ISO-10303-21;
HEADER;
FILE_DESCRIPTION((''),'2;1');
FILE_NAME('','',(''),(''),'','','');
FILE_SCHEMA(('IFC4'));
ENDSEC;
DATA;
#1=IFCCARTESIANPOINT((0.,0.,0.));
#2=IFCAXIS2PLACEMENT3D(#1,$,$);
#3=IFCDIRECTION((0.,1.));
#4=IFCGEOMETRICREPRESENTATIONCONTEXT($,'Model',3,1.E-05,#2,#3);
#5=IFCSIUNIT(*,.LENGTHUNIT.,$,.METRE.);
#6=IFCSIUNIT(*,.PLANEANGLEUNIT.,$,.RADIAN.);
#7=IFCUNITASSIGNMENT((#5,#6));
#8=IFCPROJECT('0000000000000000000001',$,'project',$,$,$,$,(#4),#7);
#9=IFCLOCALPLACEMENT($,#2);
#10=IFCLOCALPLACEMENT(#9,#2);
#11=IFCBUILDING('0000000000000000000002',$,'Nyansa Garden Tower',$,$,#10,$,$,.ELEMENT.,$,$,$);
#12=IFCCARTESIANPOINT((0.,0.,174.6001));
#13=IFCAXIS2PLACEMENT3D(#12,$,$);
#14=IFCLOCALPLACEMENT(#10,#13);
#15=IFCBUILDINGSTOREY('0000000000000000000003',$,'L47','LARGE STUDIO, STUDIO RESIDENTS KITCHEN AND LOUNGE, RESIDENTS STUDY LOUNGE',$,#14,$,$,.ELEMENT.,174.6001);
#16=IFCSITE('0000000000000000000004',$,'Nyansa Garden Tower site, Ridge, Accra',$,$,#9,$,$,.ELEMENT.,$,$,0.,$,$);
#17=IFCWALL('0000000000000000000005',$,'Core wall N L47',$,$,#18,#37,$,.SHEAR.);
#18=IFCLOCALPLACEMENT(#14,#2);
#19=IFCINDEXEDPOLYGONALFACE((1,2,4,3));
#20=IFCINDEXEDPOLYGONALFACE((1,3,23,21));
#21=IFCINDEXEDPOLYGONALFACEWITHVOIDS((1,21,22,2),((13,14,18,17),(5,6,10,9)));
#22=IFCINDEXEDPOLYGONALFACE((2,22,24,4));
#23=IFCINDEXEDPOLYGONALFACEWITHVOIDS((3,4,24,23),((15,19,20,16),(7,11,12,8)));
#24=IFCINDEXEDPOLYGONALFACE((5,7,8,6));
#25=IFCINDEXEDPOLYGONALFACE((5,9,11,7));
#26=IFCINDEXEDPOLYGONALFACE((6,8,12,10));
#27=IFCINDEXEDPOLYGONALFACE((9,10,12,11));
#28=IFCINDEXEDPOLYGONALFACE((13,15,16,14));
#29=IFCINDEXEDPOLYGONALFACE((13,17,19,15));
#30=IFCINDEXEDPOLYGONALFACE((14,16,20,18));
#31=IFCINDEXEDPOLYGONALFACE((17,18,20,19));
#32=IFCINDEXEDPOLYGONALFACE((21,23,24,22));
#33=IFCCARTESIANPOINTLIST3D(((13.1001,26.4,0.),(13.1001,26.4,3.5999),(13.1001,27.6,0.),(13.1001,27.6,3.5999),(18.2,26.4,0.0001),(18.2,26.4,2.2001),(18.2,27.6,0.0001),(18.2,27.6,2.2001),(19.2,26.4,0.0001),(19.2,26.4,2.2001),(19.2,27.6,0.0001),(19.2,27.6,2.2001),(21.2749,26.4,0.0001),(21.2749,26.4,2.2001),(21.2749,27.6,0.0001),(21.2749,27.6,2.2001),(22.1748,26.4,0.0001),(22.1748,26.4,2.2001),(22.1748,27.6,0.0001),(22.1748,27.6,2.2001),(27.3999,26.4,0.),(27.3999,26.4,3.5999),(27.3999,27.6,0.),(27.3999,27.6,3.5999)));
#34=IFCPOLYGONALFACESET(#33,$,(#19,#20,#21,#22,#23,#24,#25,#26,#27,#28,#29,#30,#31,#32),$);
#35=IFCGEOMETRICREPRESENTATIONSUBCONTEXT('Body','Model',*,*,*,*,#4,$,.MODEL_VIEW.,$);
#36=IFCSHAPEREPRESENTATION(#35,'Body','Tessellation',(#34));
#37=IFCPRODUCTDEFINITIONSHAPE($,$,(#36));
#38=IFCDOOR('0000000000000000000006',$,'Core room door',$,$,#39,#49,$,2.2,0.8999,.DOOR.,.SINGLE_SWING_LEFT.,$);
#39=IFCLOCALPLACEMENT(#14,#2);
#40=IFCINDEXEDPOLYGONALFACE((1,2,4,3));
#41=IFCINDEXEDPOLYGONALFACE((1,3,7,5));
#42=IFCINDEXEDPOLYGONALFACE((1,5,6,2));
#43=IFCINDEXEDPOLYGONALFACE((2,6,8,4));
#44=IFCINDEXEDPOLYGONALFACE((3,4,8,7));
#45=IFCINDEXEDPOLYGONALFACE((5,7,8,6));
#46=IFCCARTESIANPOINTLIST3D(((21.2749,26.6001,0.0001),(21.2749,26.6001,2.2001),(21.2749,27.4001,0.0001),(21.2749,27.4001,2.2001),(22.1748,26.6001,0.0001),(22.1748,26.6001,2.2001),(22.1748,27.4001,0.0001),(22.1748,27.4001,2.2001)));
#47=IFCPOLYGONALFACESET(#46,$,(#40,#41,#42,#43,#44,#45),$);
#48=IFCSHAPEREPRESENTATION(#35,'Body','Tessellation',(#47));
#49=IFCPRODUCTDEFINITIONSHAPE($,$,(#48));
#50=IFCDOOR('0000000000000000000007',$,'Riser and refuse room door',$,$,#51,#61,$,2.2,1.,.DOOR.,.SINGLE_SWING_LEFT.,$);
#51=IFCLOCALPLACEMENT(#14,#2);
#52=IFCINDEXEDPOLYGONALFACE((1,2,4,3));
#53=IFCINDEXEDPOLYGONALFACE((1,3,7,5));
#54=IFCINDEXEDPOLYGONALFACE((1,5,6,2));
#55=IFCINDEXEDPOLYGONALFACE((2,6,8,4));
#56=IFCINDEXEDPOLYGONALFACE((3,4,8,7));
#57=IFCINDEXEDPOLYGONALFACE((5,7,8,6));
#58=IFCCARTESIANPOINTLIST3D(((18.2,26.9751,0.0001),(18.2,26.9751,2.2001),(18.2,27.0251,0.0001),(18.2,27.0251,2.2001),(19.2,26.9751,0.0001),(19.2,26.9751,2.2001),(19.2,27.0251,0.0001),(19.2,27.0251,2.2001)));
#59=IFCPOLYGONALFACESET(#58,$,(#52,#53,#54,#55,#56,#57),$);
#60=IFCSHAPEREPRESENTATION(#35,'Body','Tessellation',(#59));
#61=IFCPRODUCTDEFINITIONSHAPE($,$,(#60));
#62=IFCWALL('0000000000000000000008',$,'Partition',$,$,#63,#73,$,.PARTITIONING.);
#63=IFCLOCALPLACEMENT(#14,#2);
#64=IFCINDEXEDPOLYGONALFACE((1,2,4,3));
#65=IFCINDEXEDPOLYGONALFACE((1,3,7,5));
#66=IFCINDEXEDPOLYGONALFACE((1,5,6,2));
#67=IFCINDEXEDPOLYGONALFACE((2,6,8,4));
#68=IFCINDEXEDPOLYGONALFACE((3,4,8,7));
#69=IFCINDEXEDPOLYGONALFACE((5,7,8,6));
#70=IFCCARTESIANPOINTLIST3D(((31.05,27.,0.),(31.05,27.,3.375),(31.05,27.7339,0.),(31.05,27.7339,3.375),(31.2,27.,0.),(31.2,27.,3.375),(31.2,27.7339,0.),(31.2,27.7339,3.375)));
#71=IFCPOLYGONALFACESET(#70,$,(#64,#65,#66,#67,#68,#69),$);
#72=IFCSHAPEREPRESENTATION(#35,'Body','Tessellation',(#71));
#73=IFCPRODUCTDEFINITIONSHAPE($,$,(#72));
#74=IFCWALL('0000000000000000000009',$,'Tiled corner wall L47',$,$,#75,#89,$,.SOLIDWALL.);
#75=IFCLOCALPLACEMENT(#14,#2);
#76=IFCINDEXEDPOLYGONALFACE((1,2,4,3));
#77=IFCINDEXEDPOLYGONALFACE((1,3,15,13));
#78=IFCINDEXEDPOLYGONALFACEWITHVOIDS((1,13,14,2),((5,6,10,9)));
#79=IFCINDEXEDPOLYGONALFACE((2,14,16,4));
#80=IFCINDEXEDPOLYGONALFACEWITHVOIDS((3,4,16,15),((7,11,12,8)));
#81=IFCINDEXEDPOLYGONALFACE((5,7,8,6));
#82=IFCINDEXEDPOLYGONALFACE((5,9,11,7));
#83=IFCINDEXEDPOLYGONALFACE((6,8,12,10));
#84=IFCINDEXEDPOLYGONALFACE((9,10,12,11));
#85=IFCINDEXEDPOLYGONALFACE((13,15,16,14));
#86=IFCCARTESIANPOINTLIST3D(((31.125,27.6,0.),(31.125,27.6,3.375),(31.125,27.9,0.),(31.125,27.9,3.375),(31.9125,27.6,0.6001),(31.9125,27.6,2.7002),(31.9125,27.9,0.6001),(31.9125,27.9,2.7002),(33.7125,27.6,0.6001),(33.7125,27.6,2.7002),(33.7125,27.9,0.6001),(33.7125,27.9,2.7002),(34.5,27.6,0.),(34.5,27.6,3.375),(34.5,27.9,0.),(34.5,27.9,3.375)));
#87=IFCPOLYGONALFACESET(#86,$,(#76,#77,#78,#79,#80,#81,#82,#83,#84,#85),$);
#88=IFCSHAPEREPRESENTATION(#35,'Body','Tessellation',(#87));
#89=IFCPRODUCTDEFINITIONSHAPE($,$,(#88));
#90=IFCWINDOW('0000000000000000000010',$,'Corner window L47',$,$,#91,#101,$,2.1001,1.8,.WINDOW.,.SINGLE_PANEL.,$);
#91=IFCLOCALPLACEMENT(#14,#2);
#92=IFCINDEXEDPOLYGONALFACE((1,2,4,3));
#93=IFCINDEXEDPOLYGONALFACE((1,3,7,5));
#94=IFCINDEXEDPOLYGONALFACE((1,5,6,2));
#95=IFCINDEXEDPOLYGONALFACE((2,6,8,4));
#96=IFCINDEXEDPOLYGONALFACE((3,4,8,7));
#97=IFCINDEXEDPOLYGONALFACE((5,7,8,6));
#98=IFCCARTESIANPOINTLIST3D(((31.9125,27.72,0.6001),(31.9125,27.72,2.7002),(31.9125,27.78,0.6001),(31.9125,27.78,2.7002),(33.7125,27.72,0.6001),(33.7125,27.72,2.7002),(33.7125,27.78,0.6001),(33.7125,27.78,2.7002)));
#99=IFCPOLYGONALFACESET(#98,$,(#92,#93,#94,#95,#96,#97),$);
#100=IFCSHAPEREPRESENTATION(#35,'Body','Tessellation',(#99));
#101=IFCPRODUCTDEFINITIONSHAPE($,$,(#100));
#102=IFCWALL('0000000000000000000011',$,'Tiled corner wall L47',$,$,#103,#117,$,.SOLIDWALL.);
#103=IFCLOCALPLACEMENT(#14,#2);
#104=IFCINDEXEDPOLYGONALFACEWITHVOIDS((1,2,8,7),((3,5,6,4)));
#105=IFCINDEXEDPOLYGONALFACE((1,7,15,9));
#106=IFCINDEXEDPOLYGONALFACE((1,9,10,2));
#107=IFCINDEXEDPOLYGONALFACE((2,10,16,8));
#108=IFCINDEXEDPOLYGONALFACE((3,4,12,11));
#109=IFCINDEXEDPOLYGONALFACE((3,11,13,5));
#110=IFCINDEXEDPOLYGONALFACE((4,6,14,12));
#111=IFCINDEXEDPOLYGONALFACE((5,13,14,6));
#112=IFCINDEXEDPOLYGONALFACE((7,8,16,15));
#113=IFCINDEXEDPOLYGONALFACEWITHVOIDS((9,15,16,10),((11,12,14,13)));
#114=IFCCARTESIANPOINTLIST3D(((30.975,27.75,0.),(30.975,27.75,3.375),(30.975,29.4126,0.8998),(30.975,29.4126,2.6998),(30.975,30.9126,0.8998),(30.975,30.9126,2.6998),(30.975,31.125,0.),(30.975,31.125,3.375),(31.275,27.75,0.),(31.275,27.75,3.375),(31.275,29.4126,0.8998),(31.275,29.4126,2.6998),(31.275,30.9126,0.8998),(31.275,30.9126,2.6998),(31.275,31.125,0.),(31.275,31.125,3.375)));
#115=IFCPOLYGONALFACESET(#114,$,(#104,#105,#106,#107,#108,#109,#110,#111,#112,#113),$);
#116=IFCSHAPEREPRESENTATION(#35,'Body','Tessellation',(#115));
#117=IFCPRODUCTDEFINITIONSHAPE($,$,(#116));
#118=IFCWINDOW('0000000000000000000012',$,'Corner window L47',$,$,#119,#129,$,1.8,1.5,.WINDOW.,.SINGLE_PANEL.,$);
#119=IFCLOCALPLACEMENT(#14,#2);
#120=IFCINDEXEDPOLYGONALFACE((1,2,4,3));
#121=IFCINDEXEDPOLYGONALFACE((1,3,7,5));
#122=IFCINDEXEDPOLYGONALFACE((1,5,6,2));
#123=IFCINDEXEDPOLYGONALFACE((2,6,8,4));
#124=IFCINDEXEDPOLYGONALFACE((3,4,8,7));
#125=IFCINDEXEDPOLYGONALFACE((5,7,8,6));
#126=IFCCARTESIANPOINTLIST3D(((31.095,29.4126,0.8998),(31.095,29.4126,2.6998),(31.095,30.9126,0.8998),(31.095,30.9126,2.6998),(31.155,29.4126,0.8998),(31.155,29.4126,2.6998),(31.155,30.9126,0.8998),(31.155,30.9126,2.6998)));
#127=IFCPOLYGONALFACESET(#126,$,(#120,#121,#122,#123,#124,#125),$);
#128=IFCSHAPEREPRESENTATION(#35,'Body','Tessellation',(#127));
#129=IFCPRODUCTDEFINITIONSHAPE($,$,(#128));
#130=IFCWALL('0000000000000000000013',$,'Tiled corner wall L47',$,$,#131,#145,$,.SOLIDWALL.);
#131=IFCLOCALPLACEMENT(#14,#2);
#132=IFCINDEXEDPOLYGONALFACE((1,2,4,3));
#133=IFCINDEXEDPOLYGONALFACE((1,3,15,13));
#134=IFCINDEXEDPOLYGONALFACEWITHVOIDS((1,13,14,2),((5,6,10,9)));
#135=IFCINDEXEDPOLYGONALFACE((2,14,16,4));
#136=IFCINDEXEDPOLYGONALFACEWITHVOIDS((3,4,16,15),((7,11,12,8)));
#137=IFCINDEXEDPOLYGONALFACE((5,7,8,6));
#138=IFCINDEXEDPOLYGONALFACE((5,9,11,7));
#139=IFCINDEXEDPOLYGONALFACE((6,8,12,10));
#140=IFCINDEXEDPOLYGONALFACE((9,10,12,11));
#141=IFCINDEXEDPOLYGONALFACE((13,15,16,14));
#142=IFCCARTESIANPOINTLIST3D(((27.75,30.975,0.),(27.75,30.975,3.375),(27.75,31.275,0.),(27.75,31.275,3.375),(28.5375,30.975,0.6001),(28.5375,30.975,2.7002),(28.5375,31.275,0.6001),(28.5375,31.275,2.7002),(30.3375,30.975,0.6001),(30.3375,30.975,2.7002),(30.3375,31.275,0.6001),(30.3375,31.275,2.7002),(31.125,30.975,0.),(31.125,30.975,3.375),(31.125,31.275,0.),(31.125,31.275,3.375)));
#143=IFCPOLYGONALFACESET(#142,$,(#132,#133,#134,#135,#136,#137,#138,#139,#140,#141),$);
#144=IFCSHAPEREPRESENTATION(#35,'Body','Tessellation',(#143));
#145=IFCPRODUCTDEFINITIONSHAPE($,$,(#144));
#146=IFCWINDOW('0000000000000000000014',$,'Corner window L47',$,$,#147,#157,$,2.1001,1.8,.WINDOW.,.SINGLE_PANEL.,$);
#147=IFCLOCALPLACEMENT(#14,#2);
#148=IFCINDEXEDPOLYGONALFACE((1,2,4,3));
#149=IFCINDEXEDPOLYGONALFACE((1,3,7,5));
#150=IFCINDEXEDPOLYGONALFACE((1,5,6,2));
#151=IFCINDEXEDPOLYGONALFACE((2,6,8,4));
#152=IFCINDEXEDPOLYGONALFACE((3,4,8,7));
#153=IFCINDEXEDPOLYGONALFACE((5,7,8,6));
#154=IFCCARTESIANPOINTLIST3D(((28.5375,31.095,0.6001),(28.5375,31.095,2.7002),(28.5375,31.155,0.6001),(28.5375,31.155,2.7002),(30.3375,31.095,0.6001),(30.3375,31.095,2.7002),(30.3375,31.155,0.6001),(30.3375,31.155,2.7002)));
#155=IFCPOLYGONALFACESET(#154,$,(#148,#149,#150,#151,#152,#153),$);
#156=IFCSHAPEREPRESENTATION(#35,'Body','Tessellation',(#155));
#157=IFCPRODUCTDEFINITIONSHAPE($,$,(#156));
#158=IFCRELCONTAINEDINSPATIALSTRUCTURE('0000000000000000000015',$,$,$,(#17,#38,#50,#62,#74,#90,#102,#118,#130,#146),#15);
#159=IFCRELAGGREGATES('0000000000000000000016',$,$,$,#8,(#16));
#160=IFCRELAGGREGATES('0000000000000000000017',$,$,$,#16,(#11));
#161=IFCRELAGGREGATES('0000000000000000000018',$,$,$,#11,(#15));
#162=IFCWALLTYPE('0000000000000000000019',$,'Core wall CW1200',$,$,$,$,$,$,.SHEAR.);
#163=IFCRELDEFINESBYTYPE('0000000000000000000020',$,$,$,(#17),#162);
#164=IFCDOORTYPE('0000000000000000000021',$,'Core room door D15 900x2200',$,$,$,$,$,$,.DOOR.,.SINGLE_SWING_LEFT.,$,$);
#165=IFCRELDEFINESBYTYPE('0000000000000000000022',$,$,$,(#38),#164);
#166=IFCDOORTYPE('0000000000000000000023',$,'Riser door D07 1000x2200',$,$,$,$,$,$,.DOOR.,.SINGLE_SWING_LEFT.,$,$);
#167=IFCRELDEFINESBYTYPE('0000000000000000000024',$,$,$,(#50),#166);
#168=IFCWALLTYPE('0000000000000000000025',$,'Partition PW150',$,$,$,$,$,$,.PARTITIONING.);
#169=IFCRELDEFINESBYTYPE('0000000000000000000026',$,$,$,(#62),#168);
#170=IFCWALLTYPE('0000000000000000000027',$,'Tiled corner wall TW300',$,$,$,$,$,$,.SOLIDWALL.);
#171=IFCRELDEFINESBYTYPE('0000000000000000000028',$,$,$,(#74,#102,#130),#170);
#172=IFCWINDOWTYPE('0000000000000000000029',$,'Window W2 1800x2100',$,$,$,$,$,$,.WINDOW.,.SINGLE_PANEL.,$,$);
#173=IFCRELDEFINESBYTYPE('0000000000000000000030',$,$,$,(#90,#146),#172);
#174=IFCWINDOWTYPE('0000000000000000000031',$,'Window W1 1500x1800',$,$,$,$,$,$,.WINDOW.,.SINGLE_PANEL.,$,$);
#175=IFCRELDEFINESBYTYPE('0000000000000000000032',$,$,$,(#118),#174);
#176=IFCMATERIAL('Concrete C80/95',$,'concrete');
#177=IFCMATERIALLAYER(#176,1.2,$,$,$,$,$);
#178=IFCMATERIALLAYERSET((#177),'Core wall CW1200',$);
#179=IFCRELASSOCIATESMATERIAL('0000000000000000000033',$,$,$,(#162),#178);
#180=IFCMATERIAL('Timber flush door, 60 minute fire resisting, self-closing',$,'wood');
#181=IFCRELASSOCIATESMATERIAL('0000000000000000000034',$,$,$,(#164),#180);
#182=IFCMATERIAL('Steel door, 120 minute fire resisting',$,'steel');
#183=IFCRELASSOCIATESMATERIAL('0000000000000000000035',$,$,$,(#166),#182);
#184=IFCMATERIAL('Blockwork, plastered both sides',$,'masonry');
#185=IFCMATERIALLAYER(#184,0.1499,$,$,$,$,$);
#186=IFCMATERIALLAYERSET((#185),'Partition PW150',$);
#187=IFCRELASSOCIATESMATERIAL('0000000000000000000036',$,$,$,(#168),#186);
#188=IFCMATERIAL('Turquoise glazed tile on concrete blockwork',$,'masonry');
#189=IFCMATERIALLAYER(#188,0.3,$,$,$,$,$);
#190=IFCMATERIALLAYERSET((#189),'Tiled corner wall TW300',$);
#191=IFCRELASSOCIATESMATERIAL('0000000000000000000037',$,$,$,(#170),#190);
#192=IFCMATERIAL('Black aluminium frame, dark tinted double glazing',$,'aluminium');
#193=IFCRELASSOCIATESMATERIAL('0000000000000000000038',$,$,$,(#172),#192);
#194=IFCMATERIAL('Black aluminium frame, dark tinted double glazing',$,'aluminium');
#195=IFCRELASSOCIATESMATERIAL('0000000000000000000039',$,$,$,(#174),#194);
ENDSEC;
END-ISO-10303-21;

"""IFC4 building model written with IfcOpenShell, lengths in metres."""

from ifc_helpers import new_model, si_unit, direction, frame, frame_2d, origin, place, context, subcontext, project, spatial, rectangle, extrude, material, layer, layer_set, type_object, element, fill, save


model = new_model("IFC4")

# Units and contexts
model_context = context("Model", 3, precision=1e-05, world=origin(), true_north=direction((0.0, 1.0)))
body_context = subcontext(model_context, "Body", "Model", "MODEL_VIEW")
ifc_project = project(units=[si_unit("LENGTHUNIT", "METRE"), si_unit("PLANEANGLEUNIT", "RADIAN")], contexts=[model_context])

# Site, building, storey
site_placement = place(None, origin())
site = spatial("IfcSite", under=ifc_project, at=site_placement, Name="Nyansa Garden Tower site, Ridge, Accra", CompositionType="ELEMENT", RefElevation=0.0)
building_placement = place(site_placement, origin())
building = spatial("IfcBuilding", under=site, at=building_placement, Name="Nyansa Garden Tower", CompositionType="ELEMENT")
storey_placement = place(building_placement, frame((0.0, 0.0, 174.6001)))
storey = spatial("IfcBuildingStorey", under=building, at=storey_placement, Name="L47", Description="LARGE STUDIO, STUDIO RESIDENTS KITCHEN AND LOUNGE, RESIDENTS STUDY LOUNGE", CompositionType="ELEMENT", Elevation=174.6001)

# Wall, openings, doors
ifc_material_1 = material(Name="Concrete C80/95", Category="concrete")
ifc_layer_1 = layer(ifc_material_1, 1.2)
ifc_layer_set_1 = layer_set([ifc_layer_1], Name="Core wall CW1200")
wall_type_1 = type_object("IfcWallType", Name="Core wall CW1200", PredefinedType="SHEAR", material=ifc_layer_set_1)
wall_1_placement = place(storey_placement, frame((27.3999, 27.0, 0.0), z_axis=(0.0, 0.0, 1.0), x_axis=(-1.0, 0.0, 0.0)))
wall_1 = element("IfcWall", 1, at=wall_1_placement, inside=storey, type_object=wall_type_1, Name="Core wall N L47", PredefinedType="SHEAR", context=body_context, shape_type="SweptSolid", body=[
    extrude(rectangle(XDim=14.2998, YDim=1.2, at=frame_2d((7.1499, 0.0))), origin(), (0.0, 0.0, 1.0), 3.5999),
])
opening_1_placement = place(wall_1_placement, frame((5.2251, 0.0, 0.0)))
opening_1 = element("IfcOpeningElement", 2, at=opening_1_placement, cuts=wall_1, PredefinedType="OPENING", context=body_context, shape_type="SweptSolid", body=[
    extrude(rectangle(XDim=0.8999, YDim=2.2, at=frame_2d((0.45, 1.1001))), frame((0.0, 0.6099, 0.0), z_axis=(0.0, -1.0, 0.0), x_axis=(1.0, 0.0, 0.0)), (0.0, 0.0, 1.0), 1.22),
])
opening_2_placement = place(wall_1_placement, frame((8.2, 0.0, 0.0)))
opening_2 = element("IfcOpeningElement", 3, at=opening_2_placement, cuts=wall_1, PredefinedType="OPENING", context=body_context, shape_type="SweptSolid", body=[
    extrude(rectangle(XDim=1.0, YDim=2.2, at=frame_2d((0.5, 1.1001))), frame((0.0, 0.6099, 0.0), z_axis=(0.0, -1.0, 0.0), x_axis=(1.0, 0.0, 0.0)), (0.0, 0.0, 1.0), 1.22),
])
ifc_material_2 = material(Name="Timber flush door, 60 minute fire resisting, self-closing", Category="wood")
door_type_1 = type_object("IfcDoorType", Name="Core room door D15 900x2200", OperationType="SINGLE_SWING_LEFT", PredefinedType="DOOR", material=ifc_material_2)
door_1_placement = place(opening_1_placement, origin())
door_1 = element("IfcDoor", 4, at=door_1_placement, inside=storey, type_object=door_type_1, Name="Core room door", OperationType="SINGLE_SWING_LEFT", OverallHeight=2.2, OverallWidth=0.8999, PredefinedType="DOOR", context=body_context, shape_type="SweptSolid", body=[
    extrude(rectangle(XDim=0.8999, YDim=2.2, at=frame_2d((0.45, 1.1001))), frame((0.0, 0.3999, 0.0), z_axis=(0.0, -1.0, 0.0), x_axis=(1.0, 0.0, 0.0)), (0.0, 0.0, 1.0), 0.8),
])
fill(opening_1, door_1)
ifc_material_3 = material(Name="Steel door, 120 minute fire resisting", Category="steel")
door_type_2 = type_object("IfcDoorType", Name="Riser door D07 1000x2200", OperationType="SINGLE_SWING_LEFT", PredefinedType="DOOR", material=ifc_material_3)
door_2_placement = place(opening_2_placement, origin())
door_2 = element("IfcDoor", 5, at=door_2_placement, inside=storey, type_object=door_type_2, Name="Riser and refuse room door", OperationType="SINGLE_SWING_LEFT", OverallHeight=2.2, OverallWidth=1.0, PredefinedType="DOOR", context=body_context, shape_type="SweptSolid", body=[
    extrude(rectangle(XDim=1.0, YDim=2.2, at=frame_2d((0.5, 1.1001))), frame((0.0, 0.0249, 0.0), z_axis=(0.0, -1.0, 0.0), x_axis=(1.0, 0.0, 0.0)), (0.0, 0.0, 1.0), 0.05),
])
fill(opening_2, door_2)

# Wall
ifc_material_4 = material(Name="Blockwork, plastered both sides", Category="masonry")
ifc_layer_2 = layer(ifc_material_4, 0.1499)
ifc_layer_set_2 = layer_set([ifc_layer_2], Name="Partition PW150")
wall_type_2 = type_object("IfcWallType", Name="Partition PW150", PredefinedType="PARTITIONING", material=ifc_layer_set_2)
wall_2_placement = place(storey_placement, frame((31.125, 27.0, 0.0), z_axis=(0.0, 0.0, 1.0), x_axis=(0.0, 1.0, 0.0)))
element("IfcWall", 6, at=wall_2_placement, inside=storey, type_object=wall_type_2, Name="Partition", PredefinedType="PARTITIONING", context=body_context, shape_type="SweptSolid", body=[
    extrude(rectangle(XDim=0.7339, YDim=0.1499, at=frame_2d((0.3669, 0.0))), origin(), (0.0, 0.0, 1.0), 3.375),
])

# Walls, openings, windows
ifc_material_5 = material(Name="Turquoise glazed tile on concrete blockwork", Category="masonry")
ifc_layer_3 = layer(ifc_material_5, 0.3)
ifc_layer_set_3 = layer_set([ifc_layer_3], Name="Tiled corner wall TW300")
wall_type_3 = type_object("IfcWallType", Name="Tiled corner wall TW300", PredefinedType="SOLIDWALL", material=ifc_layer_set_3)
wall_3_placement = place(storey_placement, frame((34.5, 27.75, 0.0), z_axis=(0.0, 0.0, 1.0), x_axis=(-1.0, 0.0, 0.0)))
wall_3 = element("IfcWall", 7, at=wall_3_placement, inside=storey, type_object=wall_type_3, Name="Tiled corner wall L47", PredefinedType="SOLIDWALL", context=body_context, shape_type="SweptSolid", body=[
    extrude(rectangle(XDim=3.375, YDim=0.3, at=frame_2d((1.6875, 0.0))), origin(), (0.0, 0.0, 1.0), 3.375),
])
opening_3_placement = place(wall_3_placement, frame((0.7876, 0.0, 0.6001)))
opening_3 = element("IfcOpeningElement", 8, at=opening_3_placement, cuts=wall_3, PredefinedType="OPENING", context=body_context, shape_type="SweptSolid", body=[
    extrude(rectangle(XDim=1.8, YDim=2.1001, at=frame_2d((0.8999, 1.05))), frame((0.0, 0.1599, 0.0), z_axis=(0.0, -1.0, 0.0), x_axis=(1.0, 0.0, 0.0)), (0.0, 0.0, 1.0), 0.3201),
])
ifc_material_6 = material(Name="Black aluminium frame, dark tinted double glazing", Category="aluminium")
window_type_1 = type_object("IfcWindowType", Name="Window W2 1800x2100", PartitioningType="SINGLE_PANEL", PredefinedType="WINDOW", material=ifc_material_6)
window_1_placement = place(opening_3_placement, origin())
window_1 = element("IfcWindow", 9, at=window_1_placement, inside=storey, type_object=window_type_1, Name="Corner window L47", OverallHeight=2.1001, OverallWidth=1.8, PartitioningType="SINGLE_PANEL", PredefinedType="WINDOW", context=body_context, shape_type="SweptSolid", body=[
    extrude(rectangle(XDim=1.8, YDim=2.1001, at=frame_2d((0.8999, 1.05))), frame((0.0, 0.03, 0.0), z_axis=(0.0, -1.0, 0.0), x_axis=(1.0, 0.0, 0.0)), (0.0, 0.0, 1.0), 0.0601),
])
fill(opening_3, window_1)
wall_4_placement = place(storey_placement, frame((31.125, 27.75, 0.0), z_axis=(0.0, 0.0, 1.0), x_axis=(0.0, 1.0, 0.0)))
wall_4 = element("IfcWall", 10, at=wall_4_placement, inside=storey, type_object=wall_type_3, Name="Tiled corner wall L47", PredefinedType="SOLIDWALL", context=body_context, shape_type="SweptSolid", body=[
    extrude(rectangle(XDim=3.375, YDim=0.3, at=frame_2d((1.6875, 0.0))), origin(), (0.0, 0.0, 1.0), 3.375),
])
opening_4_placement = place(wall_4_placement, frame((1.6626, 0.0, 0.8999)))
opening_4 = element("IfcOpeningElement", 11, at=opening_4_placement, cuts=wall_4, PredefinedType="OPENING", context=body_context, shape_type="SweptSolid", body=[
    extrude(rectangle(XDim=1.5, YDim=1.8, at=frame_2d((0.75, 0.8999))), frame((0.0, 0.1599, 0.0), z_axis=(0.0, -1.0, 0.0), x_axis=(1.0, 0.0, 0.0)), (0.0, 0.0, 1.0), 0.3201),
])
ifc_material_7 = material(Name="Black aluminium frame, dark tinted double glazing", Category="aluminium")
window_type_2 = type_object("IfcWindowType", Name="Window W1 1500x1800", PartitioningType="SINGLE_PANEL", PredefinedType="WINDOW", material=ifc_material_7)
window_2_placement = place(opening_4_placement, origin())
window_2 = element("IfcWindow", 12, at=window_2_placement, inside=storey, type_object=window_type_2, Name="Corner window L47", OverallHeight=1.8, OverallWidth=1.5, PartitioningType="SINGLE_PANEL", PredefinedType="WINDOW", context=body_context, shape_type="SweptSolid", body=[
    extrude(rectangle(XDim=1.5, YDim=1.8, at=frame_2d((0.75, 0.8999))), frame((0.0, 0.03, 0.0), z_axis=(0.0, -1.0, 0.0), x_axis=(1.0, 0.0, 0.0)), (0.0, 0.0, 1.0), 0.0601),
])
fill(opening_4, window_2)
wall_5_placement = place(storey_placement, frame((31.125, 31.125, 0.0), z_axis=(0.0, 0.0, 1.0), x_axis=(-1.0, 0.0, 0.0)))
wall_5 = element("IfcWall", 13, at=wall_5_placement, inside=storey, type_object=wall_type_3, Name="Tiled corner wall L47", PredefinedType="SOLIDWALL", context=body_context, shape_type="SweptSolid", body=[
    extrude(rectangle(XDim=3.375, YDim=0.3, at=frame_2d((1.6875, 0.0))), origin(), (0.0, 0.0, 1.0), 3.375),
])
opening_5_placement = place(wall_5_placement, frame((0.7876, 0.0, 0.6001)))
opening_5 = element("IfcOpeningElement", 14, at=opening_5_placement, cuts=wall_5, PredefinedType="OPENING", context=body_context, shape_type="SweptSolid", body=[
    extrude(rectangle(XDim=1.8, YDim=2.1001, at=frame_2d((0.8999, 1.05))), frame((0.0, 0.1599, 0.0), z_axis=(0.0, -1.0, 0.0), x_axis=(1.0, 0.0, 0.0)), (0.0, 0.0, 1.0), 0.3201),
])
window_3_placement = place(opening_5_placement, origin())
window_3 = element("IfcWindow", 15, at=window_3_placement, inside=storey, type_object=window_type_1, Name="Corner window L47", OverallHeight=2.1001, OverallWidth=1.8, PartitioningType="SINGLE_PANEL", PredefinedType="WINDOW", context=body_context, shape_type="SweptSolid", body=[
    extrude(rectangle(XDim=1.8, YDim=2.1001, at=frame_2d((0.8999, 1.05))), frame((0.0, 0.03, 0.0), z_axis=(0.0, -1.0, 0.0), x_axis=(1.0, 0.0, 0.0)), (0.0, 0.0, 1.0), 0.0601),
])
fill(opening_5, window_3)

save(model, "model.ifc")
